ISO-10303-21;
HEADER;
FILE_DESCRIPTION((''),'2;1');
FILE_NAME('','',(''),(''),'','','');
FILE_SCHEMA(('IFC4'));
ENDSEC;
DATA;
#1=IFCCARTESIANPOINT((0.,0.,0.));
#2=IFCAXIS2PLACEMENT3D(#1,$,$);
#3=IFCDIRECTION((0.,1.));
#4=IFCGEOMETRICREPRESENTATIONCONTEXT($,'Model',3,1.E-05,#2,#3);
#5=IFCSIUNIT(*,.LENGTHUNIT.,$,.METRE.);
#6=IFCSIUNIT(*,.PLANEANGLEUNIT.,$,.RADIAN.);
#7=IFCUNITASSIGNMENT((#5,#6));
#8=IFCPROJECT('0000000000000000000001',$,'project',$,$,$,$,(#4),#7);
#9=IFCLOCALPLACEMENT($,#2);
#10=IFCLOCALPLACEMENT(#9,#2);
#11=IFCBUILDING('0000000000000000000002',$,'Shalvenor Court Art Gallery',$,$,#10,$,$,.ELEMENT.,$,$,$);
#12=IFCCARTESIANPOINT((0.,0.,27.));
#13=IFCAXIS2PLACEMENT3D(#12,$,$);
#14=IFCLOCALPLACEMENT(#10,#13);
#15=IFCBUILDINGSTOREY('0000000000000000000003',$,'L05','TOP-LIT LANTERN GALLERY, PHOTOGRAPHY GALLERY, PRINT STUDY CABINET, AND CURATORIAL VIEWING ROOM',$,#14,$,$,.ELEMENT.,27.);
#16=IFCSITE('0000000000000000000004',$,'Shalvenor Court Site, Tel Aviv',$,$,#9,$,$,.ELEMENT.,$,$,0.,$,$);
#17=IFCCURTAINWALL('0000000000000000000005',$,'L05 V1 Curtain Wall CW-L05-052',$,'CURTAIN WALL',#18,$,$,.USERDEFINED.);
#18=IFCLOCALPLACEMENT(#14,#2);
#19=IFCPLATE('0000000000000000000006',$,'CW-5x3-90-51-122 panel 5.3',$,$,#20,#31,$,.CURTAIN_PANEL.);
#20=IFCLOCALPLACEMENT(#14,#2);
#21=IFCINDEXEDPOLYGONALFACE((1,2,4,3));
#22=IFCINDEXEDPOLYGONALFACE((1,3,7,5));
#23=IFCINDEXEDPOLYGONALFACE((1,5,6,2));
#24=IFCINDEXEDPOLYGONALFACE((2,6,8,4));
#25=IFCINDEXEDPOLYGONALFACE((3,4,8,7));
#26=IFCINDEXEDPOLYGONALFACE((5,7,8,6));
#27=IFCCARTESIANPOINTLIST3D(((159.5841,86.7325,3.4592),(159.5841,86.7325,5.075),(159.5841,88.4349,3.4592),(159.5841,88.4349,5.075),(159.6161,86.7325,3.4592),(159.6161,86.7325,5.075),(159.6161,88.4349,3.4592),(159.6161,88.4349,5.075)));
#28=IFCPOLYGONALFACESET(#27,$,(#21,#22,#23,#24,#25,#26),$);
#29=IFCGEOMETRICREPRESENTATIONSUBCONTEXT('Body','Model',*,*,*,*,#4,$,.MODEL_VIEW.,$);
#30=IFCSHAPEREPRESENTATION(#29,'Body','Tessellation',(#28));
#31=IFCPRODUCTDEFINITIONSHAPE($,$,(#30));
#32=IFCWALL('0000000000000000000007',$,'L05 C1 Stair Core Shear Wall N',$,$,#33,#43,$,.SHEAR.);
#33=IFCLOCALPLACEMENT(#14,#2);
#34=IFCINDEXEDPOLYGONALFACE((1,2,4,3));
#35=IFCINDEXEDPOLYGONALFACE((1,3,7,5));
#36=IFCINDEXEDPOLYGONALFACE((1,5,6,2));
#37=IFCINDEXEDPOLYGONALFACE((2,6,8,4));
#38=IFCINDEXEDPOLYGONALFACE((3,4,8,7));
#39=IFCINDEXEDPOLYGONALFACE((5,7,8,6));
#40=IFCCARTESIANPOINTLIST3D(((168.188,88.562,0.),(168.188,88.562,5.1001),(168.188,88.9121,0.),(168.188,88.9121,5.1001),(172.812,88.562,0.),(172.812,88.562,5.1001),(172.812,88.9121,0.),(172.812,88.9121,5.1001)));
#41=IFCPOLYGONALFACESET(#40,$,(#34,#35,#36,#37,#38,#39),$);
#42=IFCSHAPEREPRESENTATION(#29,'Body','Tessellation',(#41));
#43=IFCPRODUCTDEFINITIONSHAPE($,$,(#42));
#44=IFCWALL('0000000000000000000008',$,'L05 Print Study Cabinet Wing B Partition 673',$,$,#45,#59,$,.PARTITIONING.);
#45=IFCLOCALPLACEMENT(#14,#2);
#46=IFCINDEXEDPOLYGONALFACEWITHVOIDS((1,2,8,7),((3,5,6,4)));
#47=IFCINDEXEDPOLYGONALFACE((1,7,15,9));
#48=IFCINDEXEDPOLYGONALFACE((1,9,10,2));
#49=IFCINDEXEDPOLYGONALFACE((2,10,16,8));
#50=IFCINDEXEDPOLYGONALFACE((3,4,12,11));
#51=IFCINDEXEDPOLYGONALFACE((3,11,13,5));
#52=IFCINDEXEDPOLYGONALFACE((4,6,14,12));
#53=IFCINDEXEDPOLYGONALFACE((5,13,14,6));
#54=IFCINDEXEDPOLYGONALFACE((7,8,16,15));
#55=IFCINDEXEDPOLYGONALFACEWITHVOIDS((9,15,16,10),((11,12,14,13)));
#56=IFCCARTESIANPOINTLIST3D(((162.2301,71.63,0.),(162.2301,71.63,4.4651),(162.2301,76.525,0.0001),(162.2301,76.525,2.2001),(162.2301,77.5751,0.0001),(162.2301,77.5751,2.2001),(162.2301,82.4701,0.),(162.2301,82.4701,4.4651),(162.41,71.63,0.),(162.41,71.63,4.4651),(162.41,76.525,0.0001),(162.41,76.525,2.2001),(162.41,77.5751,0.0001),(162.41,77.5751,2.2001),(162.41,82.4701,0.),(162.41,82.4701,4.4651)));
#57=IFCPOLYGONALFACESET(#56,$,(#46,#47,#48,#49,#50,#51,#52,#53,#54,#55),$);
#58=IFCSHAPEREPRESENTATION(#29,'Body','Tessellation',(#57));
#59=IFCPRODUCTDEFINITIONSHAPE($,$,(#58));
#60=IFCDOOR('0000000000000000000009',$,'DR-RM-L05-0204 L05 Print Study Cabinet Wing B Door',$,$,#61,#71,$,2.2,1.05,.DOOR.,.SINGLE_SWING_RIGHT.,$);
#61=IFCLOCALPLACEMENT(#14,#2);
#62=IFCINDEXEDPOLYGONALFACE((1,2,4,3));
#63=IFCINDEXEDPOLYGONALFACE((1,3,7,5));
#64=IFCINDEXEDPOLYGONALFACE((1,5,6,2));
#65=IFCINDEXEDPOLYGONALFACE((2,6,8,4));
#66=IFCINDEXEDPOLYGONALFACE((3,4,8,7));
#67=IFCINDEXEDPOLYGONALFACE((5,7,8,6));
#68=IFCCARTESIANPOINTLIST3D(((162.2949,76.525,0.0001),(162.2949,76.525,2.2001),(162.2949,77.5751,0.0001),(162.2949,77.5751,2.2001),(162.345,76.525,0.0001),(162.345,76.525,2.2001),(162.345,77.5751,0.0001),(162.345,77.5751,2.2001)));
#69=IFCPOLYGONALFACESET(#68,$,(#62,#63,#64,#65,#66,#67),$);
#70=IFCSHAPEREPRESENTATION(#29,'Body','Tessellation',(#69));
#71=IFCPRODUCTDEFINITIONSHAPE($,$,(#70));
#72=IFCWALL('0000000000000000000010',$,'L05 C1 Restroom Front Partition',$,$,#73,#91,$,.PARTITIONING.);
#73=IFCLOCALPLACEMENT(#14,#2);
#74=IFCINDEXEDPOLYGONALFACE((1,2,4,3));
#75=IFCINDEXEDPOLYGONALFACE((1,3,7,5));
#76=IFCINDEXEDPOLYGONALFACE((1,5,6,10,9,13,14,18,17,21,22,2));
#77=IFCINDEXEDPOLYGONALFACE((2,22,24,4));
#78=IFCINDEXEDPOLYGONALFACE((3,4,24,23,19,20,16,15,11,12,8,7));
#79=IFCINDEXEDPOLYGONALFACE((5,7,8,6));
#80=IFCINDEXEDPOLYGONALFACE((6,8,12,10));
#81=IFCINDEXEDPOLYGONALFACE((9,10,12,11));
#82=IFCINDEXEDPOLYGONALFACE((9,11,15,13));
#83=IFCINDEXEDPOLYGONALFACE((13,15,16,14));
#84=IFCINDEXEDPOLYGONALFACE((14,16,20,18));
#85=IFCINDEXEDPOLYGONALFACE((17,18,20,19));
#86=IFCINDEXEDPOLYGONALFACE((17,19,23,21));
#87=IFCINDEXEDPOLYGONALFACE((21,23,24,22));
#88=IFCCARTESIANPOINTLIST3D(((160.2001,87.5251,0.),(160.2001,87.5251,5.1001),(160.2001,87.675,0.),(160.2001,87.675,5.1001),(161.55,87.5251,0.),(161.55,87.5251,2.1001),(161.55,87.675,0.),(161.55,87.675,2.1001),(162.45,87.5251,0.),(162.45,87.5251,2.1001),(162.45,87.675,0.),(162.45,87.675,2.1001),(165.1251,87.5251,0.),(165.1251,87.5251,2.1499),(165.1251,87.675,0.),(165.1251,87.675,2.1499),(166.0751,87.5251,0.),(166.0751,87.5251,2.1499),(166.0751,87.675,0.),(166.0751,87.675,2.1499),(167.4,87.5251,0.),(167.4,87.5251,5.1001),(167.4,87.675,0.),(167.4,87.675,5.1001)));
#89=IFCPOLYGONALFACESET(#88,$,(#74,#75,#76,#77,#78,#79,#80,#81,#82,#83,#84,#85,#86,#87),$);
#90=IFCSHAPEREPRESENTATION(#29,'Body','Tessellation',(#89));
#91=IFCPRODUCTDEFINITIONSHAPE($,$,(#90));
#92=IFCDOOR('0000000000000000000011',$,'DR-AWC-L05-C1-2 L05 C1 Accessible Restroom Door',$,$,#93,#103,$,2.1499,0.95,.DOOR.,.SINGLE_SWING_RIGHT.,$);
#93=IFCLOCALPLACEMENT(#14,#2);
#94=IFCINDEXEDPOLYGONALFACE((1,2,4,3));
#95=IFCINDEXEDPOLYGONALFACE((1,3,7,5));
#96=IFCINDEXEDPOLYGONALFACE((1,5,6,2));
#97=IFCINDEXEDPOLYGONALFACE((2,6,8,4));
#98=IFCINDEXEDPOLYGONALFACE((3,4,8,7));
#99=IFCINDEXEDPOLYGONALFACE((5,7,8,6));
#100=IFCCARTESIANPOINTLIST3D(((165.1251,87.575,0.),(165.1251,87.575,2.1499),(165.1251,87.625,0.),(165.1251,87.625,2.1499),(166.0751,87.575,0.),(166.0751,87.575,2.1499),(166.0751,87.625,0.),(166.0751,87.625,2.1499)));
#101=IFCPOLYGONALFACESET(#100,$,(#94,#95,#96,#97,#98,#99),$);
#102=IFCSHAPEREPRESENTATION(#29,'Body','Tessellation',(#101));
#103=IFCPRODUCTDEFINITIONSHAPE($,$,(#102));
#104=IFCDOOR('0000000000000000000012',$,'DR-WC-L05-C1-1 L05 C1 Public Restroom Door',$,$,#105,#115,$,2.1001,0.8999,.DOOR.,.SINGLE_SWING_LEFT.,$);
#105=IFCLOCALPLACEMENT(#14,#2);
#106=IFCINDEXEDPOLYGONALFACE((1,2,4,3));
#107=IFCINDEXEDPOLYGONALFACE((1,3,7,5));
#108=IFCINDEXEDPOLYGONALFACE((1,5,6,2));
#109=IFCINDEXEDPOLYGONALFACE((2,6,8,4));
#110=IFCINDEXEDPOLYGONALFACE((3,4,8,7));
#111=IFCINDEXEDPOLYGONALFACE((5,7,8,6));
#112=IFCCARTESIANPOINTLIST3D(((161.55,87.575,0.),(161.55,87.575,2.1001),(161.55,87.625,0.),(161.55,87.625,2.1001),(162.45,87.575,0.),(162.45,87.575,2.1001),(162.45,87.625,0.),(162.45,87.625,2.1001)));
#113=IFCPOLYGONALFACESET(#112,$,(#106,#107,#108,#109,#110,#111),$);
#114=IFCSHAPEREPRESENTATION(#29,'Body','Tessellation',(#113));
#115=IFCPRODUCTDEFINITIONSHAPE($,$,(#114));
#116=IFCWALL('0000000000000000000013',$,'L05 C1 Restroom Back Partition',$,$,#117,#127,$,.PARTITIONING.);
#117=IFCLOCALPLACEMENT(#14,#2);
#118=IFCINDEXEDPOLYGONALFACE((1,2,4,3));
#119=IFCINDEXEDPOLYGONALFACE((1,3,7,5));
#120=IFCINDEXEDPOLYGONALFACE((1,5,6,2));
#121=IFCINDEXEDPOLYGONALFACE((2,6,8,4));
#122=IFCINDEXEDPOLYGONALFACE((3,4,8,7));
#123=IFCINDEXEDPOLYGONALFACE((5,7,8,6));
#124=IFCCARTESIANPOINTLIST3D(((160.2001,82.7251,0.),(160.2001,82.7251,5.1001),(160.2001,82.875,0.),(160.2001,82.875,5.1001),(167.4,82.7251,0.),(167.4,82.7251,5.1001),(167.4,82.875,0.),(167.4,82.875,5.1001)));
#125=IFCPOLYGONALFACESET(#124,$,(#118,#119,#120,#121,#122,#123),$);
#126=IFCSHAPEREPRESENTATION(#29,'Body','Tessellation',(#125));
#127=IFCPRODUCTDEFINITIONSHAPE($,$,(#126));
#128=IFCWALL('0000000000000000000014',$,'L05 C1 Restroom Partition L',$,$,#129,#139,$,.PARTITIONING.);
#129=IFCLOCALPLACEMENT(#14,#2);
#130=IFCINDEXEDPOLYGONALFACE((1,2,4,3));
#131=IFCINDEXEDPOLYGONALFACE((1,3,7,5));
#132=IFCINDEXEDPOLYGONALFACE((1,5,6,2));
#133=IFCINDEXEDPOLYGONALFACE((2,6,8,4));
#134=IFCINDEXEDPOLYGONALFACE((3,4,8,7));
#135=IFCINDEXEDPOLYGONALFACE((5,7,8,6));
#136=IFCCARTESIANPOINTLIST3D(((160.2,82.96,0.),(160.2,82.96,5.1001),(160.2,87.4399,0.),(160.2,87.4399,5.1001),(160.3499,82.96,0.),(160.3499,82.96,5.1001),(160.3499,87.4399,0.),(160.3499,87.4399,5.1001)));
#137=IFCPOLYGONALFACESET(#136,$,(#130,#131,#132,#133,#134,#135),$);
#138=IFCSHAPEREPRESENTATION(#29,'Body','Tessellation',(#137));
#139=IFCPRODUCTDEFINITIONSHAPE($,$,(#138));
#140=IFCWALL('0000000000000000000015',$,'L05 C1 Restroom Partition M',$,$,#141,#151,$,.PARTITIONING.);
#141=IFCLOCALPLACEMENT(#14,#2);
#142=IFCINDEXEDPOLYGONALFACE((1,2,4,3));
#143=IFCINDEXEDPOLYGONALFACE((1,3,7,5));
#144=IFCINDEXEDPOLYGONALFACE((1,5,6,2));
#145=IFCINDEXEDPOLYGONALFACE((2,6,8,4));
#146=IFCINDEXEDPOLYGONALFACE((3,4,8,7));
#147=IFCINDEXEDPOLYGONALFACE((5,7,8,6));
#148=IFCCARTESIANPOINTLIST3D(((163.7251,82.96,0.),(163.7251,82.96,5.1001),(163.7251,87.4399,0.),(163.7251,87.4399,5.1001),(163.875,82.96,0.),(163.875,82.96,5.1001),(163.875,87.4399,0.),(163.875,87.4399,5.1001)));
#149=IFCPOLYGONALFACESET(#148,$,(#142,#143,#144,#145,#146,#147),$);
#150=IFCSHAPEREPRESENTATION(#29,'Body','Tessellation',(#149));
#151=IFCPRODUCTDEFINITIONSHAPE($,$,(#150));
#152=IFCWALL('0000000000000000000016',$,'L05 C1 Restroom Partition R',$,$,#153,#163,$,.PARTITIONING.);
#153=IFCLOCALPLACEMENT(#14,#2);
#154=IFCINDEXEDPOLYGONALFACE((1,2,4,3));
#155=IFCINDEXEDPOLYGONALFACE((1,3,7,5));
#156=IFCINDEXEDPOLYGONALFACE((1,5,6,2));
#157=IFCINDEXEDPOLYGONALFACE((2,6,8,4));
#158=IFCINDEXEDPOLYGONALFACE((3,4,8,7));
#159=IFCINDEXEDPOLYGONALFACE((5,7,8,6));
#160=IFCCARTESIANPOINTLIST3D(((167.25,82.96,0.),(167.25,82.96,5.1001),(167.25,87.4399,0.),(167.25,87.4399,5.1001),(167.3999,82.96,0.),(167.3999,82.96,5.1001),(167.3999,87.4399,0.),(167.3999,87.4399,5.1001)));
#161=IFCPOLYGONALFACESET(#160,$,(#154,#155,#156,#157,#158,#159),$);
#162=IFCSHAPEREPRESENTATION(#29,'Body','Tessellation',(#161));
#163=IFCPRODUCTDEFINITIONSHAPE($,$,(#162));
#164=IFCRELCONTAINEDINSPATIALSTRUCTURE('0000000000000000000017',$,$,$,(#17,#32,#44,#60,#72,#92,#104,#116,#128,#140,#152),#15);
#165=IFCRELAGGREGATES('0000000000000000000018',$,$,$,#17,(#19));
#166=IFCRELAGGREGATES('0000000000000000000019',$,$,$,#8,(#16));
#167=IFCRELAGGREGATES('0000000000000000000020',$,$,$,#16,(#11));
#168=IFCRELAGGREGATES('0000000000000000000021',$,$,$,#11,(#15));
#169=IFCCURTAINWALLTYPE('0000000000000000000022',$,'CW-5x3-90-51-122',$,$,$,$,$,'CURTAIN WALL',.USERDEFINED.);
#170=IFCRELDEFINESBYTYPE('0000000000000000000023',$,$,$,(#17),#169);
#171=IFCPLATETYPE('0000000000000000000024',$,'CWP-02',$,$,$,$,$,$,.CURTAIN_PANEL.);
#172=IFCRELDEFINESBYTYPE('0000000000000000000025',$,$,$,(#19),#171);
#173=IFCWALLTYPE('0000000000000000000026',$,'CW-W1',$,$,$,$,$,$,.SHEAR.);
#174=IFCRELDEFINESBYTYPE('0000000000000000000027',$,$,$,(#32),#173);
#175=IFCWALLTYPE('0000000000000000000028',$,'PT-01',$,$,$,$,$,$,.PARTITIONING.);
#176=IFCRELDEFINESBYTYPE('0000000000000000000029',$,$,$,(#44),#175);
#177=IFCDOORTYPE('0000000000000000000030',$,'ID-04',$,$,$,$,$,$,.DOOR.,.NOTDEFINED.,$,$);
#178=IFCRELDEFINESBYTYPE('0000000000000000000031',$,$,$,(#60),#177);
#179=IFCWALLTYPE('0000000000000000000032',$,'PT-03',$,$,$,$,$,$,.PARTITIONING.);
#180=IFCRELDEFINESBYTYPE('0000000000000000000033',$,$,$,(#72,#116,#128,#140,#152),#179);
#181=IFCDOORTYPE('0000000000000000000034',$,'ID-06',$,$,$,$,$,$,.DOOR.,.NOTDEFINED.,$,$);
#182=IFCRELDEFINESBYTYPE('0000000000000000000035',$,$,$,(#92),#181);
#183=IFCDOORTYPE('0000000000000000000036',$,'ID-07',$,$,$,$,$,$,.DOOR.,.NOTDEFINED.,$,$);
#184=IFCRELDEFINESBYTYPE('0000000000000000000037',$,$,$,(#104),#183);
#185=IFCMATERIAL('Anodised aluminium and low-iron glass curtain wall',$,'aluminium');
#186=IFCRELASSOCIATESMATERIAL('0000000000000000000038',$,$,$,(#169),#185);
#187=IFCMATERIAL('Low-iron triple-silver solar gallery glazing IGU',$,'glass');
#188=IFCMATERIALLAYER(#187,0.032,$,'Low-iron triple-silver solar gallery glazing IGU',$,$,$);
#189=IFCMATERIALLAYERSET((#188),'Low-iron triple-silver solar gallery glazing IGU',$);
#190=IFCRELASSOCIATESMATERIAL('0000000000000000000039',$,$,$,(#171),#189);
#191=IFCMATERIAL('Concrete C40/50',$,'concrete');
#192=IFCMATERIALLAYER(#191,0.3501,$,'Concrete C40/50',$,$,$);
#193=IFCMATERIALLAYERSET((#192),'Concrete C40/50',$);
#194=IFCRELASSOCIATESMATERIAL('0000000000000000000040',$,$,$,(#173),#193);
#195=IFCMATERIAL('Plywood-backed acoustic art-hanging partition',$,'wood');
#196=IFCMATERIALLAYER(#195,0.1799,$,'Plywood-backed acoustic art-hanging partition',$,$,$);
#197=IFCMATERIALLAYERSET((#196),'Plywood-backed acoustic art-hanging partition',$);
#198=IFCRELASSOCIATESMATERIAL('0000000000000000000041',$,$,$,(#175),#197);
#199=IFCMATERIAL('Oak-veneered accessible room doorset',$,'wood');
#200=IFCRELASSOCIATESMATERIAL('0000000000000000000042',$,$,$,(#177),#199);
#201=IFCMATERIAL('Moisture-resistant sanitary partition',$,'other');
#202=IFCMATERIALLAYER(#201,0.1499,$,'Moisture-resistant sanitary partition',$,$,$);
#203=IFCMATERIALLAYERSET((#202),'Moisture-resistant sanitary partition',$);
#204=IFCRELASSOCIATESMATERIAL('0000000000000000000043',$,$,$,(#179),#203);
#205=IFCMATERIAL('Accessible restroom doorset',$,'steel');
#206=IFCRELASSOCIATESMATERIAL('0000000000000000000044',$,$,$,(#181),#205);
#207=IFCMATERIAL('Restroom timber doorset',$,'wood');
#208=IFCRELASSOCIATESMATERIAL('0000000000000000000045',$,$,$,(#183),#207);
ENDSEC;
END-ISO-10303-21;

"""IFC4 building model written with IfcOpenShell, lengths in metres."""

from ifc_helpers import new_model, si_unit, direction, frame, frame_2d, origin, origin_2d, place, context, subcontext, project, spatial, rectangle, extrude, material, layer, layer_set, type_object, element, fill, aggregate, save


model = new_model("IFC4")

# Units and contexts
model_context = context("Model", 3, precision=1e-05, world=origin(), true_north=direction((0.0, 1.0)))
body_context = subcontext(model_context, "Body", "Model", "MODEL_VIEW")
ifc_project = project(units=[si_unit("LENGTHUNIT", "METRE"), si_unit("PLANEANGLEUNIT", "RADIAN")], contexts=[model_context])

# Site, building, storey
site_placement = place(None, origin())
site = spatial("IfcSite", under=ifc_project, at=site_placement, Name="Shalvenor Court Site, Tel Aviv", CompositionType="ELEMENT", RefElevation=0.0)
building_placement = place(site_placement, origin())
building = spatial("IfcBuilding", under=site, at=building_placement, Name="Shalvenor Court Art Gallery", CompositionType="ELEMENT")
storey_placement = place(building_placement, frame((0.0, 0.0, 27.0)))
storey = spatial("IfcBuildingStorey", under=building, at=storey_placement, Name="L05", Description="TOP-LIT LANTERN GALLERY, PHOTOGRAPHY GALLERY, PRINT STUDY CABINET, AND CURATORIAL VIEWING ROOM", CompositionType="ELEMENT", Elevation=27.0)

# Curtain wall, plate
ifc_material_1 = material(Name="Anodised aluminium and low-iron glass curtain wall", Category="aluminium")
curtain_wall_type = type_object("IfcCurtainWallType", Name="CW-5x3-90-51-122", ElementType="CURTAIN WALL", PredefinedType="USERDEFINED", material=ifc_material_1)
curtain_wall_placement = place(storey_placement, origin())
curtain_wall = element("IfcCurtainWall", 1, at=curtain_wall_placement, inside=storey, type_object=curtain_wall_type, Name="L05 V1 Curtain Wall CW-L05-052", ObjectType="CURTAIN WALL", PredefinedType="USERDEFINED")
ifc_material_2 = material(Name="Low-iron triple-silver solar gallery glazing IGU", Category="glass")
ifc_layer_1 = layer(ifc_material_2, 0.032, Name="Low-iron triple-silver solar gallery glazing IGU")
ifc_layer_set_1 = layer_set([ifc_layer_1], Name="Low-iron triple-silver solar gallery glazing IGU")
plate_type = type_object("IfcPlateType", Name="CWP-02", PredefinedType="CURTAIN_PANEL", material=ifc_layer_set_1)
plate_1_placement = place(storey_placement, frame((159.6001, 87.5837, 3.4592), z_axis=(0.0, 0.0, 1.0), x_axis=(0.0, 1.0, 0.0)))
plate_1 = element("IfcPlate", 2, at=plate_1_placement, type_object=plate_type, Name="CW-5x3-90-51-122 panel 5.3", PredefinedType="CURTAIN_PANEL", context=body_context, shape_type="SweptSolid", body=[
    extrude(rectangle(XDim=1.7024, YDim=0.032, at=origin_2d()), origin(), (0.0, 0.0, 1.0), 1.6157),
])
aggregate(curtain_wall, [plate_1])

# Wall
ifc_material_3 = material(Name="Concrete C40/50", Category="concrete")
ifc_layer_2 = layer(ifc_material_3, 0.3501, Name="Concrete C40/50")
ifc_layer_set_2 = layer_set([ifc_layer_2], Name="Concrete C40/50")
wall_type_1 = type_object("IfcWallType", Name="CW-W1", PredefinedType="SHEAR", material=ifc_layer_set_2)
wall_1_placement = place(storey_placement, frame((168.188, 88.7371, 0.0), z_axis=(0.0, 0.0, 1.0), x_axis=(1.0, 0.0, 0.0)))
element("IfcWall", 3, at=wall_1_placement, inside=storey, type_object=wall_type_1, Name="L05 C1 Stair Core Shear Wall N", PredefinedType="SHEAR", context=body_context, shape_type="SweptSolid", body=[
    extrude(rectangle(XDim=4.624, YDim=0.3501, at=frame_2d((2.312, 0.0))), origin(), (0.0, 0.0, 1.0), 5.1001),
])

# Wall, opening, door
ifc_material_4 = material(Name="Plywood-backed acoustic art-hanging partition", Category="wood")
ifc_layer_3 = layer(ifc_material_4, 0.1799, Name="Plywood-backed acoustic art-hanging partition")
ifc_layer_set_3 = layer_set([ifc_layer_3], Name="Plywood-backed acoustic art-hanging partition")
wall_type_2 = type_object("IfcWallType", Name="PT-01", PredefinedType="PARTITIONING", material=ifc_layer_set_3)
wall_2_placement = place(storey_placement, frame((162.3201, 82.47, 0.0), z_axis=(0.0, 0.0, 1.0), x_axis=(0.0, -1.0, 0.0)))
wall_2 = element("IfcWall", 4, at=wall_2_placement, inside=storey, type_object=wall_type_2, Name="L05 Print Study Cabinet Wing B Partition 673", PredefinedType="PARTITIONING", context=body_context, shape_type="SweptSolid", body=[
    extrude(rectangle(XDim=10.8401, YDim=0.1799, at=frame_2d((5.4199, 0.0))), origin(), (0.0, 0.0, 1.0), 4.4651),
])
opening_1_placement = place(wall_2_placement, frame((4.895, 0.0, 0.0)))
opening_1 = element("IfcOpeningElement", 5, at=opening_1_placement, cuts=wall_2, PredefinedType="OPENING", context=body_context, shape_type="SweptSolid", body=[
    extrude(rectangle(XDim=1.05, YDim=2.2, at=frame_2d((0.5249, 1.1001))), frame((0.0, 0.0999, 0.0), z_axis=(0.0, -1.0, 0.0), x_axis=(1.0, 0.0, 0.0)), (0.0, 0.0, 1.0), 0.2),
])
ifc_material_5 = material(Name="Oak-veneered accessible room doorset", Category="wood")
door_type_1 = type_object("IfcDoorType", Name="ID-04", OperationType="NOTDEFINED", PredefinedType="DOOR", material=ifc_material_5)
door_1_placement = place(opening_1_placement, origin())
door_1 = element("IfcDoor", 6, at=door_1_placement, inside=storey, type_object=door_type_1, Name="DR-RM-L05-0204 L05 Print Study Cabinet Wing B Door", OperationType="SINGLE_SWING_RIGHT", OverallHeight=2.2, OverallWidth=1.05, PredefinedType="DOOR", context=body_context, shape_type="SweptSolid", body=[
    extrude(rectangle(XDim=1.05, YDim=2.2, at=frame_2d((0.5249, 1.1001))), frame((0.0, 0.0249, 0.0), z_axis=(0.0, -1.0, 0.0), x_axis=(1.0, 0.0, 0.0)), (0.0, 0.0, 1.0), 0.05),
])
fill(opening_1, door_1)

# Wall, openings, doors
ifc_material_6 = material(Name="Moisture-resistant sanitary partition", Category="other")
ifc_layer_4 = layer(ifc_material_6, 0.1499, Name="Moisture-resistant sanitary partition")
ifc_layer_set_4 = layer_set([ifc_layer_4], Name="Moisture-resistant sanitary partition")
wall_type_3 = type_object("IfcWallType", Name="PT-03", PredefinedType="PARTITIONING", material=ifc_layer_set_4)
wall_3_placement = place(storey_placement, frame((160.2, 87.6001, 0.0), z_axis=(0.0, 0.0, 1.0), x_axis=(1.0, 0.0, 0.0)))
wall_3 = element("IfcWall", 7, at=wall_3_placement, inside=storey, type_object=wall_type_3, Name="L05 C1 Restroom Front Partition", PredefinedType="PARTITIONING", context=body_context, shape_type="SweptSolid", body=[
    extrude(rectangle(XDim=7.2, YDim=0.1499, at=frame_2d((3.6001, 0.0))), origin(), (0.0, 0.0, 1.0), 5.1001),
])
opening_2_placement = place(wall_3_placement, frame((1.3501, 0.0, 0.0)))
opening_2 = element("IfcOpeningElement", 8, at=opening_2_placement, cuts=wall_3, PredefinedType="OPENING", context=body_context, shape_type="SweptSolid", body=[
    extrude(rectangle(XDim=0.8999, YDim=2.1001, at=frame_2d((0.45, 1.05))), frame((0.0, 0.085, 0.0), z_axis=(0.0, -1.0, 0.0), x_axis=(1.0, 0.0, 0.0)), (0.0, 0.0, 1.0), 0.1699),
])
opening_3_placement = place(wall_3_placement, frame((4.925, 0.0, 0.0)))
opening_3 = element("IfcOpeningElement", 9, at=opening_3_placement, cuts=wall_3, PredefinedType="OPENING", context=body_context, shape_type="SweptSolid", body=[
    extrude(rectangle(XDim=0.95, YDim=2.1499, at=frame_2d((0.4751, 1.075))), frame((0.0, 0.085, 0.0), z_axis=(0.0, -1.0, 0.0), x_axis=(1.0, 0.0, 0.0)), (0.0, 0.0, 1.0), 0.1699),
])
ifc_material_7 = material(Name="Accessible restroom doorset", Category="steel")
door_type_2 = type_object("IfcDoorType", Name="ID-06", OperationType="NOTDEFINED", PredefinedType="DOOR", material=ifc_material_7)
door_2_placement = place(opening_3_placement, origin())
door_2 = element("IfcDoor", 10, at=door_2_placement, inside=storey, type_object=door_type_2, Name="DR-AWC-L05-C1-2 L05 C1 Accessible Restroom Door", OperationType="SINGLE_SWING_RIGHT", OverallHeight=2.1499, OverallWidth=0.95, PredefinedType="DOOR", context=body_context, shape_type="SweptSolid", body=[
    extrude(rectangle(XDim=0.95, YDim=2.1499, at=frame_2d((0.4751, 1.075))), frame((0.0, 0.0249, 0.0), z_axis=(0.0, -1.0, 0.0), x_axis=(1.0, 0.0, 0.0)), (0.0, 0.0, 1.0), 0.05),
])
fill(opening_3, door_2)
ifc_material_8 = material(Name="Restroom timber doorset", Category="wood")
door_type_3 = type_object("IfcDoorType", Name="ID-07", OperationType="NOTDEFINED", PredefinedType="DOOR", material=ifc_material_8)
door_3_placement = place(opening_2_placement, origin())
door_3 = element("IfcDoor", 11, at=door_3_placement, inside=storey, type_object=door_type_3, Name="DR-WC-L05-C1-1 L05 C1 Public Restroom Door", OperationType="SINGLE_SWING_LEFT", OverallHeight=2.1001, OverallWidth=0.8999, PredefinedType="DOOR", context=body_context, shape_type="SweptSolid", body=[
    extrude(rectangle(XDim=0.8999, YDim=2.1001, at=frame_2d((0.45, 1.05))), frame((0.0, 0.0249, 0.0), z_axis=(0.0, -1.0, 0.0), x_axis=(1.0, 0.0, 0.0)), (0.0, 0.0, 1.0), 0.05),
])
fill(opening_2, door_3)

# Walls
wall_4_placement = place(storey_placement, frame((160.2, 82.8, 0.0), z_axis=(0.0, 0.0, 1.0), x_axis=(1.0, 0.0, 0.0)))
element("IfcWall", 12, at=wall_4_placement, inside=storey, type_object=wall_type_3, Name="L05 C1 Restroom Back Partition", PredefinedType="PARTITIONING", context=body_context, shape_type="SweptSolid", body=[
    extrude(rectangle(XDim=7.2, YDim=0.1499, at=frame_2d((3.6001, 0.0))), origin(), (0.0, 0.0, 1.0), 5.1001),
])
for number, where, z_axis, x_axis, name in (
    (13, (160.2749, 82.96, 0.0), (0.0, 0.0, 1.0), (0.0, 1.0, 0.0), "L05 C1 Restroom Partition L"),
    (14, (163.8, 82.96, 0.0), (0.0, 0.0, 1.0), (0.0, 1.0, 0.0), "L05 C1 Restroom Partition M"),
    (15, (167.325, 82.96, 0.0), (0.0, 0.0, 1.0), (0.0, 1.0, 0.0), "L05 C1 Restroom Partition R"),
):
    element("IfcWall", number, at=place(storey_placement, frame(where, z_axis=z_axis, x_axis=x_axis)), inside=storey, type_object=wall_type_3, Name=name, PredefinedType="PARTITIONING", context=body_context, shape_type="SweptSolid", body=[
        extrude(rectangle(XDim=4.48, YDim=0.1499, at=frame_2d((2.24, 0.0))), origin(), (0.0, 0.0, 1.0), 5.1001),
    ])

save(model, "model.ifc")
